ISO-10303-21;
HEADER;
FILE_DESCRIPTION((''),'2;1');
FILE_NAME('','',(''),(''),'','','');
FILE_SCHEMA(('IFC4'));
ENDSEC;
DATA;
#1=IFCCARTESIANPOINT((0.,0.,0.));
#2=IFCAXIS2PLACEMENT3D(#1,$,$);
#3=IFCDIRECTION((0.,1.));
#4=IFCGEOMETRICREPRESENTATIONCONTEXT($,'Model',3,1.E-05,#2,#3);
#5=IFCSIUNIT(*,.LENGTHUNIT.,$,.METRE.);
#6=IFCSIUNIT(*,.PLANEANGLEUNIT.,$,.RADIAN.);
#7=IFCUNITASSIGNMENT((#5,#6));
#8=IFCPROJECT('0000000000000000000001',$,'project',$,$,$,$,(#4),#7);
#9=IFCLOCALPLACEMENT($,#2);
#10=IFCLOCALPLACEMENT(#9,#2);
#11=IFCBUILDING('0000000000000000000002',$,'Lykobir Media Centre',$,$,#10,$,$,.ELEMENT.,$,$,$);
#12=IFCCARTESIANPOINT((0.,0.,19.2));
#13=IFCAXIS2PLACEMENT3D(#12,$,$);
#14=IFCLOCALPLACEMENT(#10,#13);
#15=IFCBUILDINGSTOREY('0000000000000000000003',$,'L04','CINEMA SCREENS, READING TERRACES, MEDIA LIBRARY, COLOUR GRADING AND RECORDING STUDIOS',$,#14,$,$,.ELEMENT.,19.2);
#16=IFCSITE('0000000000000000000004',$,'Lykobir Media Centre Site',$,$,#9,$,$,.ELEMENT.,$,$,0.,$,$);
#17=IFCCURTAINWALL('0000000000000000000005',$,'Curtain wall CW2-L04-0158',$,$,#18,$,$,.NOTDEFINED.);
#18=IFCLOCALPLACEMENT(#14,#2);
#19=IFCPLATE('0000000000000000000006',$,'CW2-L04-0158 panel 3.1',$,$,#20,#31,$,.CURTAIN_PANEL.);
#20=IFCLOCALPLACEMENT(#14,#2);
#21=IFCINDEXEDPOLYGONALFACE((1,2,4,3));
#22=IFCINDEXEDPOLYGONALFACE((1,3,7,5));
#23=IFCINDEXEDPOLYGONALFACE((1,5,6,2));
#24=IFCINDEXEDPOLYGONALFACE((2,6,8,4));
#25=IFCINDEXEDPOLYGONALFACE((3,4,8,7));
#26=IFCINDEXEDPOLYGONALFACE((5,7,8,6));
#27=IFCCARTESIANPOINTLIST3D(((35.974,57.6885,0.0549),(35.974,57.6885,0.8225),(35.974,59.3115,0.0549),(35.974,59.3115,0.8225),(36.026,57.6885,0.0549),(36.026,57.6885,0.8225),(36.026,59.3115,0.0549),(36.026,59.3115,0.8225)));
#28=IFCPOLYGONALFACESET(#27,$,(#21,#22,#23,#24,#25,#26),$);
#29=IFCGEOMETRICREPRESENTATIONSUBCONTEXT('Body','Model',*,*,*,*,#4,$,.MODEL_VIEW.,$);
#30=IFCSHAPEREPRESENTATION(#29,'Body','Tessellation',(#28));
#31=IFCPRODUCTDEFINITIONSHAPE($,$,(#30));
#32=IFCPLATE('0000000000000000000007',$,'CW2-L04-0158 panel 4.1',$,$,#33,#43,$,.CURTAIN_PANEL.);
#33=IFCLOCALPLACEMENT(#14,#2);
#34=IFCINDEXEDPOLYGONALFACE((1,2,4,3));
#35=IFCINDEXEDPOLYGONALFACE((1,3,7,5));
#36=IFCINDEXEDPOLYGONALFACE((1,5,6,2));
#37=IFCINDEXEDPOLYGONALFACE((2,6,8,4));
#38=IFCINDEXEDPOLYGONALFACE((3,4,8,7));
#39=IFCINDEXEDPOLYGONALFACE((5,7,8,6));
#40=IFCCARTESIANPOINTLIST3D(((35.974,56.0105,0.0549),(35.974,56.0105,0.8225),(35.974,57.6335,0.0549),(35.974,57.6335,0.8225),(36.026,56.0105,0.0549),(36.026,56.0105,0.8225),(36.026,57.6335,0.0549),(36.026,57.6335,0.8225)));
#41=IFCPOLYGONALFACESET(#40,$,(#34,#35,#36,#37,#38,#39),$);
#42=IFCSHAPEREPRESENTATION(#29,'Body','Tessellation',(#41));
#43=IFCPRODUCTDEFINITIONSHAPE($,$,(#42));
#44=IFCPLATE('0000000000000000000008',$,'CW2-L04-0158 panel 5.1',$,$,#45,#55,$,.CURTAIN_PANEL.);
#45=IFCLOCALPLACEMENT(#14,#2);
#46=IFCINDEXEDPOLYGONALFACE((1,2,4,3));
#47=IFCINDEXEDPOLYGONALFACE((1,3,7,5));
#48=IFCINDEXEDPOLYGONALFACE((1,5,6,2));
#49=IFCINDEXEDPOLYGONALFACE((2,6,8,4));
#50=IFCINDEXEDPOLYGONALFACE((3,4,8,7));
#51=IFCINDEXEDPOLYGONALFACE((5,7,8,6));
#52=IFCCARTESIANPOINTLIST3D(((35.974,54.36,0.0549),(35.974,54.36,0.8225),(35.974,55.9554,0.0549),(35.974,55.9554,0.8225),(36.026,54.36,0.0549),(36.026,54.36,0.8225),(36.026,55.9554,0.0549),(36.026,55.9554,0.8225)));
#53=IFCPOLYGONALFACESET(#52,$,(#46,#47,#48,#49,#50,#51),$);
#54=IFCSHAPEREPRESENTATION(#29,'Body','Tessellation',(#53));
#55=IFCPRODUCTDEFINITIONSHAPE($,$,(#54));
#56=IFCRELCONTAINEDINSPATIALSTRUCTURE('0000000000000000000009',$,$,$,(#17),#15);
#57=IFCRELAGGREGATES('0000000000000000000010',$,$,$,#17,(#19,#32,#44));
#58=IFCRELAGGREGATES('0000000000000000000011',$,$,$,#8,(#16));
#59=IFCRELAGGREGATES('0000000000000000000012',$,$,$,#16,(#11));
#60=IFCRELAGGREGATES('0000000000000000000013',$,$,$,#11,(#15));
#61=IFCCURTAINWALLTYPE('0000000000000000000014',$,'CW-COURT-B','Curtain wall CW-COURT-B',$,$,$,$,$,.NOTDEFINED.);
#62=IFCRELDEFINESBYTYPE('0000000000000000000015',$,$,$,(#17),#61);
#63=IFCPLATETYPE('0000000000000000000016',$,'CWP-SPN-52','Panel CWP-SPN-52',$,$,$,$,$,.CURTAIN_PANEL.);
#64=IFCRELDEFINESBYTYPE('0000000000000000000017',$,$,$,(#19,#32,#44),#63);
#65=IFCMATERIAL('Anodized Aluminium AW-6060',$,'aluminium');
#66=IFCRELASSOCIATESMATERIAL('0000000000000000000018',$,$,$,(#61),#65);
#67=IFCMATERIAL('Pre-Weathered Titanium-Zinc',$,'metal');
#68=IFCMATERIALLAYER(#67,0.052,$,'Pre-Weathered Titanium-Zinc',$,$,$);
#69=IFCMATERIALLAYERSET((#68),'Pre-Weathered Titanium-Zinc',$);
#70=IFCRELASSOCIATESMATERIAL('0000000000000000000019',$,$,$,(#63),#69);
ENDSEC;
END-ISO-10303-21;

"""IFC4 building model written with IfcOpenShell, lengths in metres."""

from ifc_helpers import new_model, si_unit, direction, frame, origin, origin_2d, place, context, subcontext, project, spatial, rectangle, extrude, material, layer, layer_set, type_object, element, aggregate, save


model = new_model("IFC4")

# Units and contexts
model_context = context("Model", 3, precision=1e-05, world=origin(), true_north=direction((0.0, 1.0)))
body_context = subcontext(model_context, "Body", "Model", "MODEL_VIEW")
ifc_project = project(units=[si_unit("LENGTHUNIT", "METRE"), si_unit("PLANEANGLEUNIT", "RADIAN")], contexts=[model_context])

# Site, building, storey
site_placement = place(None, origin())
site = spatial("IfcSite", under=ifc_project, at=site_placement, Name="Lykobir Media Centre Site", CompositionType="ELEMENT", RefElevation=0.0)
building_placement = place(site_placement, origin())
building = spatial("IfcBuilding", under=site, at=building_placement, Name="Lykobir Media Centre", CompositionType="ELEMENT")
storey_placement = place(building_placement, frame((0.0, 0.0, 19.2)))
storey = spatial("IfcBuildingStorey", under=building, at=storey_placement, Name="L04", Description="CINEMA SCREENS, READING TERRACES, MEDIA LIBRARY, COLOUR GRADING AND RECORDING STUDIOS", CompositionType="ELEMENT", Elevation=19.2)

# Curtain wall
ifc_material_1 = material(Name="Anodized Aluminium AW-6060", Category="aluminium")
curtain_wall_type = type_object("IfcCurtainWallType", Name="CW-COURT-B", Description="Curtain wall CW-COURT-B", PredefinedType="NOTDEFINED", material=ifc_material_1)
curtain_wall_1_placement = place(storey_placement, origin())
curtain_wall_1 = element("IfcCurtainWall", 1, at=curtain_wall_1_placement, inside=storey, type_object=curtain_wall_type, Name="Curtain wall CW2-L04-0158", PredefinedType="NOTDEFINED")

# Plates
ifc_material_2 = material(Name="Pre-Weathered Titanium-Zinc", Category="metal")
ifc_layer_1 = layer(ifc_material_2, 0.052, Name="Pre-Weathered Titanium-Zinc")
ifc_layer_set_1 = layer_set([ifc_layer_1], Name="Pre-Weathered Titanium-Zinc")
plate_type_1 = type_object("IfcPlateType", Name="CWP-SPN-52", Description="Panel CWP-SPN-52", PredefinedType="CURTAIN_PANEL", material=ifc_layer_set_1)
plate_1_placement = place(storey_placement, frame((36.0, 58.5, 0.0549), z_axis=(0.0, 0.0, 1.0), x_axis=(0.0, -1.0, 0.0)))
plate_1 = element("IfcPlate", 2, at=plate_1_placement, type_object=plate_type_1, Name="CW2-L04-0158 panel 3.1", PredefinedType="CURTAIN_PANEL", context=body_context, shape_type="SweptSolid", body=[
    extrude(rectangle(XDim=1.623, YDim=0.052, at=origin_2d()), origin(), (0.0, 0.0, 1.0), 0.7676),
])
plate_2_placement = place(storey_placement, frame((36.0, 56.822, 0.0549), z_axis=(0.0, 0.0, 1.0), x_axis=(0.0, -1.0, 0.0)))
plate_2 = element("IfcPlate", 3, at=plate_2_placement, type_object=plate_type_1, Name="CW2-L04-0158 panel 4.1", PredefinedType="CURTAIN_PANEL", context=body_context, shape_type="SweptSolid", body=[
    extrude(rectangle(XDim=1.623, YDim=0.052, at=origin_2d()), origin(), (0.0, 0.0, 1.0), 0.7676),
])
plate_3_placement = place(storey_placement, frame((36.0, 55.1577, 0.0549), z_axis=(0.0, 0.0, 1.0), x_axis=(0.0, -1.0, 0.0)))
plate_3 = element("IfcPlate", 4, at=plate_3_placement, type_object=plate_type_1, Name="CW2-L04-0158 panel 5.1", PredefinedType="CURTAIN_PANEL", context=body_context, shape_type="SweptSolid", body=[
    extrude(rectangle(XDim=1.5955, YDim=0.052, at=origin_2d()), origin(), (0.0, 0.0, 1.0), 0.7676),
])
aggregate(curtain_wall_1, [plate_1, plate_2, plate_3])

save(model, "model.ifc")
